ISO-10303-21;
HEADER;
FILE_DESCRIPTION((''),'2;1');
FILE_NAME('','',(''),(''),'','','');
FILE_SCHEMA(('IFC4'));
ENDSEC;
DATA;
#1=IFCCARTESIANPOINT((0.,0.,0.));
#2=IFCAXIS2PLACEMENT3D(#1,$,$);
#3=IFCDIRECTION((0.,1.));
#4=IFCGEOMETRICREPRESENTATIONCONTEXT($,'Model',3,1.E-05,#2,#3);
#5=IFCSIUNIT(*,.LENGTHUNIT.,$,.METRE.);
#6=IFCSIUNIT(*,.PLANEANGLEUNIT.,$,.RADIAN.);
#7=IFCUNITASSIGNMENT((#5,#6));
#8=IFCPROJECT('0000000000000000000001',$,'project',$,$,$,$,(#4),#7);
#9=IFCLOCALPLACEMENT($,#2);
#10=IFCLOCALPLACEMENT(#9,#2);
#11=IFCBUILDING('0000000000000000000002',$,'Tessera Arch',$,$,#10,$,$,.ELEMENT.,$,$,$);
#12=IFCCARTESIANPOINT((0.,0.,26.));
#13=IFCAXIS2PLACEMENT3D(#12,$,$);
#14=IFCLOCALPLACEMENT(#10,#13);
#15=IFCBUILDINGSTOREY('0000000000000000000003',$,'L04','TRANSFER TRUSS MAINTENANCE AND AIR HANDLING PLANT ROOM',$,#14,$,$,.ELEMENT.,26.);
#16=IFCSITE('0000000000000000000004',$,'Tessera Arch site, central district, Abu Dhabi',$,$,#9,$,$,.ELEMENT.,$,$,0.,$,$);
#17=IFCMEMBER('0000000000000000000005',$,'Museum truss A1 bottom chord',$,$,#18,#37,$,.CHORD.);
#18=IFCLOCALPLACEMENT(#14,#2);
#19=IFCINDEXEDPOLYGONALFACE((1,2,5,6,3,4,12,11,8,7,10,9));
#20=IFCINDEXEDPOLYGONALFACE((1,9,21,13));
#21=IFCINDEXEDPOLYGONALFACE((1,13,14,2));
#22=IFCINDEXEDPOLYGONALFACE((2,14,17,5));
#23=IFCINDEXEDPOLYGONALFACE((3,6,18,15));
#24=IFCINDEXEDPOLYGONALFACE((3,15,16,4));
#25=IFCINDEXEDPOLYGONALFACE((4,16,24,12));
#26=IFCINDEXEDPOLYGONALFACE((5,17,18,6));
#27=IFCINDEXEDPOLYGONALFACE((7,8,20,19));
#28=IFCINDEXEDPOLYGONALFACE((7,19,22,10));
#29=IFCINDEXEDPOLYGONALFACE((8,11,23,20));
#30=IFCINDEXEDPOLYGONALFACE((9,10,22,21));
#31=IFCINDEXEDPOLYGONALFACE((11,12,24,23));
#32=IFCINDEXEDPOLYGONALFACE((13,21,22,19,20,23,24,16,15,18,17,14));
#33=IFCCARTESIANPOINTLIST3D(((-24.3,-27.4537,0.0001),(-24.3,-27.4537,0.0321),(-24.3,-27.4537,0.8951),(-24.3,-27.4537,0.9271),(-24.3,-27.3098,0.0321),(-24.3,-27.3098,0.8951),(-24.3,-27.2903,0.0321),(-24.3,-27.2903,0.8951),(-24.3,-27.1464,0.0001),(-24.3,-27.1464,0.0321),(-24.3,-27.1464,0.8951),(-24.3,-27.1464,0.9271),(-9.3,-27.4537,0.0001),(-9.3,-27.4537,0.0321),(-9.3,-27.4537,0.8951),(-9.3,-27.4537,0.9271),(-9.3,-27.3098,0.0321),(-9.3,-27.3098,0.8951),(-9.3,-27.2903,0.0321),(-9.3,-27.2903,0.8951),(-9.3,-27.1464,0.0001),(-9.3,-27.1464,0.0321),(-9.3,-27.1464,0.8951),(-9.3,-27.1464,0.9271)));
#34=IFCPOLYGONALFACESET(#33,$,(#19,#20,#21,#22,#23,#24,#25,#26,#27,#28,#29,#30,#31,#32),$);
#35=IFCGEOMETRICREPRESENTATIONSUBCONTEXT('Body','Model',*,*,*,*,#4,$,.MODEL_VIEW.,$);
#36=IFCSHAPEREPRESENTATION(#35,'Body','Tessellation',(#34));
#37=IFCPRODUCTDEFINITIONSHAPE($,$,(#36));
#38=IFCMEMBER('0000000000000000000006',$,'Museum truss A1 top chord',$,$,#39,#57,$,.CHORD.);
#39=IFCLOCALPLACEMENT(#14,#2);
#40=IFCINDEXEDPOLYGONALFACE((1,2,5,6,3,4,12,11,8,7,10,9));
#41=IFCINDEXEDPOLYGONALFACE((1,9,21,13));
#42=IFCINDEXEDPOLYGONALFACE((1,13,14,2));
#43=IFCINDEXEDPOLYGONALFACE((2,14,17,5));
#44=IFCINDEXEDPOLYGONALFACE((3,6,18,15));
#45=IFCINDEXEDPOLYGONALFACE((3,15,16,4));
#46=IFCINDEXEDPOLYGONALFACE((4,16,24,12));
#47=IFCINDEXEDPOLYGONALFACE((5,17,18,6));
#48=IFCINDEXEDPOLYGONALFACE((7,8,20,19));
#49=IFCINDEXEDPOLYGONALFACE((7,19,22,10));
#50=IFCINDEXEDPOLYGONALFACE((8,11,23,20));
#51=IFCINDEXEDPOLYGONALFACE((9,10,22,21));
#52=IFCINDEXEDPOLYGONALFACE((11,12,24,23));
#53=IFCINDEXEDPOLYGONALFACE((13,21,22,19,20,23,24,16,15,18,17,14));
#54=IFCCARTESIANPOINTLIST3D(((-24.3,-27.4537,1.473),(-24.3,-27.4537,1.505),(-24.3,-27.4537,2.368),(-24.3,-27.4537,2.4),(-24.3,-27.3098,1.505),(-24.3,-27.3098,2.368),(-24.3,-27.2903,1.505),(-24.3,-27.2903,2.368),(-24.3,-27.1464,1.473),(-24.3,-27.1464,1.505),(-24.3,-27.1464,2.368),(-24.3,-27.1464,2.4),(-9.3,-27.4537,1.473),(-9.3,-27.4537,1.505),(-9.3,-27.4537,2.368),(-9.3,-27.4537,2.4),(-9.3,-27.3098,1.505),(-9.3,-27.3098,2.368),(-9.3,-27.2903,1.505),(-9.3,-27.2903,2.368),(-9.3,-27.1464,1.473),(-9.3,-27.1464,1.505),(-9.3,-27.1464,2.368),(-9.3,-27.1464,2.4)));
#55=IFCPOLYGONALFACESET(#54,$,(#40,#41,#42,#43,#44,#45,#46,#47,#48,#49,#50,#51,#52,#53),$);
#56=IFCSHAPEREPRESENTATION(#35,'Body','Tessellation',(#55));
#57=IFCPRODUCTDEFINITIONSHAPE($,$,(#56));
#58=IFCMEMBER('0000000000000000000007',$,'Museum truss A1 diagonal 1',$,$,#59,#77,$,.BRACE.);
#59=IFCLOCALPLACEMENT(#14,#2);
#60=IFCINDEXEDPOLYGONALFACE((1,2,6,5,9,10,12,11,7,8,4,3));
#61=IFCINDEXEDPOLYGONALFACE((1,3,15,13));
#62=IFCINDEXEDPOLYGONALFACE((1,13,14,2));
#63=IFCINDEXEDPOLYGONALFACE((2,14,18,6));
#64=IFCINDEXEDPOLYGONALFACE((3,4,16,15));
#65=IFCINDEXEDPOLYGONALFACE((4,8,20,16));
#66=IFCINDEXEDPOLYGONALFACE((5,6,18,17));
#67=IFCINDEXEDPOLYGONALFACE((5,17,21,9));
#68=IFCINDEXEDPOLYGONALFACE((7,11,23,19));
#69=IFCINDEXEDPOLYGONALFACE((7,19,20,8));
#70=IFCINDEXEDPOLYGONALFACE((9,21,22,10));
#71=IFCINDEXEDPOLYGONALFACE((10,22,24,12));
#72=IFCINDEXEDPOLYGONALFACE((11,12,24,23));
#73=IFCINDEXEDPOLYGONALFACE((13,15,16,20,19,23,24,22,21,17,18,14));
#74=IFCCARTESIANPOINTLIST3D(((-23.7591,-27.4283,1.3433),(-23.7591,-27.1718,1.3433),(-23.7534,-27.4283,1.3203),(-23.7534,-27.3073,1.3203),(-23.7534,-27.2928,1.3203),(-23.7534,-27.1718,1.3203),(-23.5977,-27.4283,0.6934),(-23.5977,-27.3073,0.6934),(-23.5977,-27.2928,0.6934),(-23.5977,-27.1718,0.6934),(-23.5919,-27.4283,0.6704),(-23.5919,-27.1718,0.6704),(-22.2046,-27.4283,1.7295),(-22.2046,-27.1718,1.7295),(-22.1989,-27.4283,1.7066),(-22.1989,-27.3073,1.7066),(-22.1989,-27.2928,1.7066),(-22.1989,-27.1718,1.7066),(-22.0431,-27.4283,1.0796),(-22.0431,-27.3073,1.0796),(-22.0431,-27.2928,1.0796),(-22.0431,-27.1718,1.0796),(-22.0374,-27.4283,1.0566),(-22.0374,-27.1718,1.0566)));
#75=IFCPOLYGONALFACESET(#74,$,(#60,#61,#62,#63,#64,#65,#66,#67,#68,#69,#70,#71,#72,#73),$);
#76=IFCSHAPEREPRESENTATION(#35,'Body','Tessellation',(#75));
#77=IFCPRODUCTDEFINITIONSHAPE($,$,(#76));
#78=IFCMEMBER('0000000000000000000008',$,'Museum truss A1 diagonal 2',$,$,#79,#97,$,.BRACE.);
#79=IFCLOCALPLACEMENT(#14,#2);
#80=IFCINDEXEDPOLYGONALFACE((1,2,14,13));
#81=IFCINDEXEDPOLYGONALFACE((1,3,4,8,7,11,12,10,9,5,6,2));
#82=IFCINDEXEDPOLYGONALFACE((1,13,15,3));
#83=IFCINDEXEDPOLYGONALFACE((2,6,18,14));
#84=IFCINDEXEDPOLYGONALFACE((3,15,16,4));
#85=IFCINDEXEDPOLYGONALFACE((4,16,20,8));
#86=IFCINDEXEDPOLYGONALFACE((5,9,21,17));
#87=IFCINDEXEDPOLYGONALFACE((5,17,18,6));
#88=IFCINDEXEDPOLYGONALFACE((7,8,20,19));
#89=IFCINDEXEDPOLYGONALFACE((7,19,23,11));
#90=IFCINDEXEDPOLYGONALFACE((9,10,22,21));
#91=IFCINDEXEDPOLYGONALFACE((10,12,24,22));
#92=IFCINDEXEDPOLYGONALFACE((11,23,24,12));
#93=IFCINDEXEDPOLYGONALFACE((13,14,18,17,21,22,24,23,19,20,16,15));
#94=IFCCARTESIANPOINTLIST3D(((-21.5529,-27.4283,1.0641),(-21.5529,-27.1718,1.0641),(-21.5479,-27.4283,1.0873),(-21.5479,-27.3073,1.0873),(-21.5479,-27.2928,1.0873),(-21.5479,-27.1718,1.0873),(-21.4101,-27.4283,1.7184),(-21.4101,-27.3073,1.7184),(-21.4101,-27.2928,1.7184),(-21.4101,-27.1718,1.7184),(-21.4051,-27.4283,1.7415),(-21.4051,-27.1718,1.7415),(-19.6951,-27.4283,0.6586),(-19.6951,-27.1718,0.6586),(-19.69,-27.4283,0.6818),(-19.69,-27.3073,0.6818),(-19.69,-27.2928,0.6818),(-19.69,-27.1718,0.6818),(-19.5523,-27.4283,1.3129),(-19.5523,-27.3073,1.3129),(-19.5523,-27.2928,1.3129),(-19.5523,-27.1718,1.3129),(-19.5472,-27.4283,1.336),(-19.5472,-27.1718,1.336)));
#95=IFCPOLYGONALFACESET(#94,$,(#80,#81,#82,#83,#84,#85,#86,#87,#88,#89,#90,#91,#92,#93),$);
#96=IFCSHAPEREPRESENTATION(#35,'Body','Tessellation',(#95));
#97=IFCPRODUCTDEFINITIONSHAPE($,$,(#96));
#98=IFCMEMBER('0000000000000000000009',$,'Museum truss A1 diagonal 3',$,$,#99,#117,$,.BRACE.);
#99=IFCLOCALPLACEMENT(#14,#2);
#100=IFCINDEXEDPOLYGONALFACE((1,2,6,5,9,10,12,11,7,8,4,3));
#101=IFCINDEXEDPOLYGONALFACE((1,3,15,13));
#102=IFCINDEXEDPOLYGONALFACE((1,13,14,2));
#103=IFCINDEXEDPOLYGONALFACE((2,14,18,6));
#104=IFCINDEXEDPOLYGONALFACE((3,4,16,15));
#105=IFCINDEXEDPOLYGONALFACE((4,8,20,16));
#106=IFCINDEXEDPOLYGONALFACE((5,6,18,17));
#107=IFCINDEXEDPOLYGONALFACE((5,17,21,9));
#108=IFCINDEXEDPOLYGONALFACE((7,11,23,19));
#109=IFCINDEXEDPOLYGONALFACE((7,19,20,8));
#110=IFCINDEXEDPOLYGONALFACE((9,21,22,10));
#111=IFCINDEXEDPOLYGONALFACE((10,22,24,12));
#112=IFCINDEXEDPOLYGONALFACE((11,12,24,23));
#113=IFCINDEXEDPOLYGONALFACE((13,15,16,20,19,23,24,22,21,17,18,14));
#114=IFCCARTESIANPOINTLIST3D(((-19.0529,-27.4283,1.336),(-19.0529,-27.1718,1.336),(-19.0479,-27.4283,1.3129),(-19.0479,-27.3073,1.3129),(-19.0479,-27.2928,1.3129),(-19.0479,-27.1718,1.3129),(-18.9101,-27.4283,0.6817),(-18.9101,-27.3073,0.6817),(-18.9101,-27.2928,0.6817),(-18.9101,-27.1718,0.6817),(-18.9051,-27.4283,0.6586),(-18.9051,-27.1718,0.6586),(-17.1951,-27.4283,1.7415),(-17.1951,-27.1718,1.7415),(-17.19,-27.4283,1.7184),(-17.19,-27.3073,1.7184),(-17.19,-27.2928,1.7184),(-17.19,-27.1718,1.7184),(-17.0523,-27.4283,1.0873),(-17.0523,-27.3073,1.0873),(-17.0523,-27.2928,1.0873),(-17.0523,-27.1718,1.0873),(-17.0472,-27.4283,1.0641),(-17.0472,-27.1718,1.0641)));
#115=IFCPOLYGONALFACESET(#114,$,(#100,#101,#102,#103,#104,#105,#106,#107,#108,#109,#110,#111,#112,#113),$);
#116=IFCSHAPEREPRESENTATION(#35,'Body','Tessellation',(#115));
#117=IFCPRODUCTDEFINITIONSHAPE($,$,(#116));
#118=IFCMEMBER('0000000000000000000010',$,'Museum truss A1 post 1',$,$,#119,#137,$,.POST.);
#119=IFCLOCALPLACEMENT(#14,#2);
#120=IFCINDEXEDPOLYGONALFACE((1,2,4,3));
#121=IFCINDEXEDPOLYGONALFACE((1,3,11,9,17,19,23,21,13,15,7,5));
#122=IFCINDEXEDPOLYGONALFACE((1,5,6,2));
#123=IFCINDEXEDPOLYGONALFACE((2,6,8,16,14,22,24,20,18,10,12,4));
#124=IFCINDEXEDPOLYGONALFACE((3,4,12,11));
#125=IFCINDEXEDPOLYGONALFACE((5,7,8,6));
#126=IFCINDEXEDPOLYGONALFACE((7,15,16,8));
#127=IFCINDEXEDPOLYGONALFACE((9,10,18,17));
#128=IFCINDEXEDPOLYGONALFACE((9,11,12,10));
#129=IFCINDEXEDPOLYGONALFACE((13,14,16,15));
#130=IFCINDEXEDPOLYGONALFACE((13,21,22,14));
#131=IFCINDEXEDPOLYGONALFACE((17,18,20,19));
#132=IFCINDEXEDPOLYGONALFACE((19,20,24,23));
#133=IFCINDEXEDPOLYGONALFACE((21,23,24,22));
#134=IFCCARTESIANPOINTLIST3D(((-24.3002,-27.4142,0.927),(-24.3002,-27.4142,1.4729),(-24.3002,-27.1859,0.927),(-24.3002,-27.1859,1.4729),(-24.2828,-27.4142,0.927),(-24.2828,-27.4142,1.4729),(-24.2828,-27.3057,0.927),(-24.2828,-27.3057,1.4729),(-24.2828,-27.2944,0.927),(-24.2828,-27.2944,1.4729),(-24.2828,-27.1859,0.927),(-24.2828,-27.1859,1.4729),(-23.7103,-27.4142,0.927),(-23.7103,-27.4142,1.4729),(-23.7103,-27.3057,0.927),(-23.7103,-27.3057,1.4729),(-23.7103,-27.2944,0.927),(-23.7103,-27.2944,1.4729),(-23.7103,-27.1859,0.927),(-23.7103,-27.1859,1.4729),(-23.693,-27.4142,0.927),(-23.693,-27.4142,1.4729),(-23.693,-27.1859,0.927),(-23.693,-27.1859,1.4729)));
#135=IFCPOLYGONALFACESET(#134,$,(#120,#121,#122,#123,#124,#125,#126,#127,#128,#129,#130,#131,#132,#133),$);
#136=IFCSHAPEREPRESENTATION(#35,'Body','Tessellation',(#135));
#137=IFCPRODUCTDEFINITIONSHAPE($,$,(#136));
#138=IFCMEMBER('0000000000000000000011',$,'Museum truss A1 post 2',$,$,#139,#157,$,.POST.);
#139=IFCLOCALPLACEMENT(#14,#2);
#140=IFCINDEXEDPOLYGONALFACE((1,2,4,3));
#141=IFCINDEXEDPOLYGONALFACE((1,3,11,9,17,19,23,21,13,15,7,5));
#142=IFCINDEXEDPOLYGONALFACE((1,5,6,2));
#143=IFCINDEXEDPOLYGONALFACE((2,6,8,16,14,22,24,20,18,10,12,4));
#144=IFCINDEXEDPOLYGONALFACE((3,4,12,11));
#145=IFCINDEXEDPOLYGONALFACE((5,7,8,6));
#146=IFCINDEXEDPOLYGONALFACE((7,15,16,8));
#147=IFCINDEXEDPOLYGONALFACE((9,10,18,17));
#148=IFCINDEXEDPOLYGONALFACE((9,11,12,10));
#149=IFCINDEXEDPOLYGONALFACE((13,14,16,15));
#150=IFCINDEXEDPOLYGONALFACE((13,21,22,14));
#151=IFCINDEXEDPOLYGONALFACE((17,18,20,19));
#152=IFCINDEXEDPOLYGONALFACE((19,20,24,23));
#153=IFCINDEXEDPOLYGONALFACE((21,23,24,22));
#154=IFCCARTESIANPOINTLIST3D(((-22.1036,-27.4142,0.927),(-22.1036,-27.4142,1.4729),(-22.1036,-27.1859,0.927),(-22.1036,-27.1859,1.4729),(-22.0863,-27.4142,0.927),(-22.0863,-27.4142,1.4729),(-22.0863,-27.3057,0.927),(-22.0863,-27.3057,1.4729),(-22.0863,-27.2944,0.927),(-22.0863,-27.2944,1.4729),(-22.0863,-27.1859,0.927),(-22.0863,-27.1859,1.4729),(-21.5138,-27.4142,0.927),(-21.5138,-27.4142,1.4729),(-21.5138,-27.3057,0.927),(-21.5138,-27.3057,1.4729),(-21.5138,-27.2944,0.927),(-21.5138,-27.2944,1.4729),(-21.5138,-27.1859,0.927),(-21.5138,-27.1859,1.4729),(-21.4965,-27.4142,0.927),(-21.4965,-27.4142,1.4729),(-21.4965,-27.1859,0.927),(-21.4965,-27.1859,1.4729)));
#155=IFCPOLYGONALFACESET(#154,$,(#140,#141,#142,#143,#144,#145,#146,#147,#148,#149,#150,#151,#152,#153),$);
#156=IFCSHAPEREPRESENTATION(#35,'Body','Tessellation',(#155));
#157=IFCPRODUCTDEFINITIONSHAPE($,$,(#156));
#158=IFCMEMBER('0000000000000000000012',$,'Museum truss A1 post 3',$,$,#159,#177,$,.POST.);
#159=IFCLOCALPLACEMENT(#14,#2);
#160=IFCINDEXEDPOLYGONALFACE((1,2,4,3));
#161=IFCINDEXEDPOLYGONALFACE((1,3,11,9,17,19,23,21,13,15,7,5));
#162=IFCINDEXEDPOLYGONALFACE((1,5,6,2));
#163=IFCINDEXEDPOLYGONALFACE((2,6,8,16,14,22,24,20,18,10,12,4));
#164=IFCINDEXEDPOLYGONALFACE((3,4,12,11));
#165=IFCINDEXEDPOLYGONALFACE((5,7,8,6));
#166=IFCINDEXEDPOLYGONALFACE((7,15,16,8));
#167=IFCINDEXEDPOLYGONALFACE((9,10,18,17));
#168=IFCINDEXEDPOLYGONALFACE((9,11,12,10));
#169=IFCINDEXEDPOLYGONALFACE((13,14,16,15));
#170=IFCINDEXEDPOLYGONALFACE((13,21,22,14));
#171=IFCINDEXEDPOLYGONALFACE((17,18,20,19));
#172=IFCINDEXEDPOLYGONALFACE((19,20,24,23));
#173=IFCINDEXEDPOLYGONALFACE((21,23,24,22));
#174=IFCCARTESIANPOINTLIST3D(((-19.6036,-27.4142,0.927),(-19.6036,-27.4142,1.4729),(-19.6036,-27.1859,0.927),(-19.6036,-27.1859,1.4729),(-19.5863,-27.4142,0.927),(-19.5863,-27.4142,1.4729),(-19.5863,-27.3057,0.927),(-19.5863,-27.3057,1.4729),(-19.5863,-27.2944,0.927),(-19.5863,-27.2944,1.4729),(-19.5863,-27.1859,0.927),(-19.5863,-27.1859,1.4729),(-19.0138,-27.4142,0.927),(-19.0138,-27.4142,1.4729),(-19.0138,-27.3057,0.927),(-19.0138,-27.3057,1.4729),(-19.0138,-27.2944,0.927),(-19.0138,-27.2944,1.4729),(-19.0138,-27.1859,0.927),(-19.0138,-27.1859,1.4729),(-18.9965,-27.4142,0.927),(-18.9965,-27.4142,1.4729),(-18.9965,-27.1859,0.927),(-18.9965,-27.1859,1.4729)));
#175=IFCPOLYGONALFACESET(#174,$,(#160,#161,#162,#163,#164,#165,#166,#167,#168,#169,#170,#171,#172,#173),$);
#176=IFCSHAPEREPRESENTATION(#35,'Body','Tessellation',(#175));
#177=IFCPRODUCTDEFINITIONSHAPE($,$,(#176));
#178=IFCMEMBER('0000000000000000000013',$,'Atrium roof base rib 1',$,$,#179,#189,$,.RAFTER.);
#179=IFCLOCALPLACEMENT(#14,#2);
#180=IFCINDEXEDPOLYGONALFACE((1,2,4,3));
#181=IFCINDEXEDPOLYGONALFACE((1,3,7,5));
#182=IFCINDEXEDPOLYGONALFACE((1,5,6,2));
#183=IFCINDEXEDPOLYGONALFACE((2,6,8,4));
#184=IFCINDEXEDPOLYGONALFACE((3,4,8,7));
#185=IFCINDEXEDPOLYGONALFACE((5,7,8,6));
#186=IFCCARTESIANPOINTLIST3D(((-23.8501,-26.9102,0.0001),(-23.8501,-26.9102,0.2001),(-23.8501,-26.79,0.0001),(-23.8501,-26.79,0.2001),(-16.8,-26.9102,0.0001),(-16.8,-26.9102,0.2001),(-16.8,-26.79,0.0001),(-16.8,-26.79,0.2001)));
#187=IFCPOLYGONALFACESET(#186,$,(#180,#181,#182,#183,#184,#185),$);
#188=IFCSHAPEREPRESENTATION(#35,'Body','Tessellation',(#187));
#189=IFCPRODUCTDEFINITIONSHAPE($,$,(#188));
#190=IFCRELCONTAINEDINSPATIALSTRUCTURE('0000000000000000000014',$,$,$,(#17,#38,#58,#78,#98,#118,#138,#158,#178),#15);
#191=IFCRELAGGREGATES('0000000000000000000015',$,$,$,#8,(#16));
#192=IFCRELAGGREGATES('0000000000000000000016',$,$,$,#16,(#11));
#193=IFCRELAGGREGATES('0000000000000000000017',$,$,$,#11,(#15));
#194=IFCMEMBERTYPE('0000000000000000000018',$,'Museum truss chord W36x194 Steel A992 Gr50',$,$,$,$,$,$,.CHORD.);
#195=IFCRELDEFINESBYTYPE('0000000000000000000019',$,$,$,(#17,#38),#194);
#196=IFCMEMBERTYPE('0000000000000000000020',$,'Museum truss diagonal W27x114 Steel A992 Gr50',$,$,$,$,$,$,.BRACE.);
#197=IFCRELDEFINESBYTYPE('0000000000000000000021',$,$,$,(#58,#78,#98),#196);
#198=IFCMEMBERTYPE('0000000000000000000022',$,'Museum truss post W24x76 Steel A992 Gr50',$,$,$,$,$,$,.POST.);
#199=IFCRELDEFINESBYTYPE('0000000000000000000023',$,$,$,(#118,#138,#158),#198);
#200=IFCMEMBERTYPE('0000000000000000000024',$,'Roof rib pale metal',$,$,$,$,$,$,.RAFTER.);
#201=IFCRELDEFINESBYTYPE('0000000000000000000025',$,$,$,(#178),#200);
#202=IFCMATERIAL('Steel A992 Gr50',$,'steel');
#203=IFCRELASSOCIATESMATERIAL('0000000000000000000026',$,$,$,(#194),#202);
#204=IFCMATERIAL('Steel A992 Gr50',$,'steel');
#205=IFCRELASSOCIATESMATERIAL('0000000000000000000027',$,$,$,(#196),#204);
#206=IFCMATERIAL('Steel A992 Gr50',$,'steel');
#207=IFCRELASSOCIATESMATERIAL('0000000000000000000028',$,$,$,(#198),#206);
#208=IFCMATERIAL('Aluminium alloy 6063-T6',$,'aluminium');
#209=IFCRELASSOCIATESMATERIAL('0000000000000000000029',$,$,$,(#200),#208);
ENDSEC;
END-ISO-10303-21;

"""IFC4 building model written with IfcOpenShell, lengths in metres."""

from ifc_helpers import new_model, si_unit, direction, frame, origin, origin_2d, place, context, subcontext, project, spatial, rectangle, i_section, extrude, material, material_profile, profile_set, type_object, element, save


model = new_model("IFC4")

# Units and contexts
model_context = context("Model", 3, precision=1e-05, world=origin(), true_north=direction((0.0, 1.0)))
body_context = subcontext(model_context, "Body", "Model", "MODEL_VIEW")
ifc_project = project(units=[si_unit("LENGTHUNIT", "METRE"), si_unit("PLANEANGLEUNIT", "RADIAN")], contexts=[model_context])

# Site, building, storey
site_placement = place(None, origin())
site = spatial("IfcSite", under=ifc_project, at=site_placement, Name="Tessera Arch site, central district, Abu Dhabi", CompositionType="ELEMENT", RefElevation=0.0)
building_placement = place(site_placement, origin())
building = spatial("IfcBuilding", under=site, at=building_placement, Name="Tessera Arch", CompositionType="ELEMENT")
storey_placement = place(building_placement, frame((0.0, 0.0, 26.0)))
storey = spatial("IfcBuildingStorey", under=building, at=storey_placement, Name="L04", Description="TRANSFER TRUSS MAINTENANCE AND AIR HANDLING PLANT ROOM", CompositionType="ELEMENT", Elevation=26.0)

# Members
ifc_material_1 = material(Name="Steel A992 Gr50", Category="steel")
ifc_material_profile_1 = material_profile(ifc_material_1, i_section(OverallWidth=0.3074, OverallDepth=0.927, WebThickness=0.0195, FlangeThickness=0.032, at=origin_2d()), Name="W36x194")
ifc_profile_set_1 = profile_set([ifc_material_profile_1], Name="Steel A992 Gr50")
member_type_1 = type_object("IfcMemberType", Name="Museum truss chord W36x194 Steel A992 Gr50", PredefinedType="CHORD", material=ifc_profile_set_1)
for number, where, z_axis, x_axis, name in (
    (1, (-24.3, -27.3, 0.4636), (1.0, 0.0, 0.0), (0.0, 1.0, 0.0), "Museum truss A1 bottom chord"),
    (2, (-24.3, -27.3, 1.9365), (1.0, 0.0, 0.0), (0.0, 1.0, 0.0), "Museum truss A1 top chord"),
):
    element("IfcMember", number, at=place(storey_placement, frame(where, z_axis=z_axis, x_axis=x_axis)), inside=storey, type_object=member_type_1, Name=name, PredefinedType="CHORD", context=body_context, shape_type="SweptSolid", body=[
        extrude(i_section(OverallWidth=0.3074, OverallDepth=0.927, WebThickness=0.0195, FlangeThickness=0.032, at=origin_2d()), origin(), (0.0, 0.0, 1.0), 15.0),
    ])
ifc_material_2 = material(Name="Steel A992 Gr50", Category="steel")
ifc_material_profile_2 = material_profile(ifc_material_2, i_section(OverallWidth=0.2566, OverallDepth=0.6934, WebThickness=0.0144, FlangeThickness=0.0237, at=origin_2d()), Name="W27x114")
ifc_profile_set_2 = profile_set([ifc_material_profile_2], Name="Steel A992 Gr50")
member_type_2 = type_object("IfcMemberType", Name="Museum truss diagonal W27x114 Steel A992 Gr50", PredefinedType="BRACE", material=ifc_profile_set_2)
member_1_placement = place(storey_placement, frame((-23.6755, -27.3, 1.0068), z_axis=(0.970491, 0.0, 0.241137), x_axis=(0.0, 1.0, 0.0)))
element("IfcMember", 3, at=member_1_placement, inside=storey, type_object=member_type_2, Name="Museum truss A1 diagonal 1", PredefinedType="BRACE", context=body_context, shape_type="SweptSolid", body=[
    extrude(i_section(OverallWidth=0.2566, OverallDepth=0.6934, WebThickness=0.0144, FlangeThickness=0.0237, at=origin_2d()), origin(), (0.0, 0.0, 1.0), 1.6018),
])
for number, where, z_axis, x_axis, name in (
    (4, (-21.479, -27.3, 1.4028), (0.976999, 0.0, -0.213245), (0.0, 1.0, 0.0), "Museum truss A1 diagonal 2"),
    (5, (-18.979, -27.3, 0.9973), (0.976999, 0.0, 0.213245), (0.0, 1.0, 0.0), "Museum truss A1 diagonal 3"),
):
    element("IfcMember", number, at=place(storey_placement, frame(where, z_axis=z_axis, x_axis=x_axis)), inside=storey, type_object=member_type_2, Name=name, PredefinedType="BRACE", context=body_context, shape_type="SweptSolid", body=[
        extrude(i_section(OverallWidth=0.2566, OverallDepth=0.6934, WebThickness=0.0144, FlangeThickness=0.0237, at=origin_2d()), origin(), (0.0, 0.0, 1.0), 1.9016),
    ])
ifc_material_3 = material(Name="Steel A992 Gr50", Category="steel")
ifc_material_profile_3 = material_profile(ifc_material_3, i_section(OverallWidth=0.2283, OverallDepth=0.6072, WebThickness=0.0112, FlangeThickness=0.0173, at=origin_2d()), Name="W24x76")
ifc_profile_set_3 = profile_set([ifc_material_profile_3], Name="Steel A992 Gr50")
member_type_3 = type_object("IfcMemberType", Name="Museum truss post W24x76 Steel A992 Gr50", PredefinedType="POST", material=ifc_profile_set_3)
for number, where, z_axis, x_axis, name in (
    (6, (-23.9966, -27.3, 0.927), (0.0, 0.0, 1.0), (0.0, 1.0, 0.0), "Museum truss A1 post 1"),
    (7, (-21.8, -27.3, 0.927), (0.0, 0.0, 1.0), (0.0, 1.0, 0.0), "Museum truss A1 post 2"),
    (8, (-19.3, -27.3, 0.927), (0.0, 0.0, 1.0), (0.0, 1.0, 0.0), "Museum truss A1 post 3"),
):
    element("IfcMember", number, at=place(storey_placement, frame(where, z_axis=z_axis, x_axis=x_axis)), inside=storey, type_object=member_type_3, Name=name, PredefinedType="POST", context=body_context, shape_type="SweptSolid", body=[
        extrude(i_section(OverallWidth=0.2283, OverallDepth=0.6072, WebThickness=0.0112, FlangeThickness=0.0173, at=origin_2d()), origin(), (0.0, 0.0, 1.0), 0.5459),
    ])
ifc_material_4 = material(Name="Aluminium alloy 6063-T6", Category="aluminium")
ifc_material_profile_4 = material_profile(ifc_material_4, rectangle(XDim=0.1201, YDim=0.2, at=origin_2d()), Name="AL 120x200")
ifc_profile_set_4 = profile_set([ifc_material_profile_4], Name="Aluminium alloy 6063-T6")
member_type_4 = type_object("IfcMemberType", Name="Roof rib pale metal", PredefinedType="RAFTER", material=ifc_profile_set_4)
member_2_placement = place(storey_placement, frame((-23.8501, -26.8501, 0.1001), z_axis=(1.0, 0.0, 0.0), x_axis=(0.0, 1.0, 0.0)))
element("IfcMember", 9, at=member_2_placement, inside=storey, type_object=member_type_4, Name="Atrium roof base rib 1", PredefinedType="RAFTER", context=body_context, shape_type="SweptSolid", body=[
    extrude(rectangle(XDim=0.1201, YDim=0.2, at=origin_2d()), origin(), (0.0, 0.0, 1.0), 7.05),
])

save(model, "model.ifc")
